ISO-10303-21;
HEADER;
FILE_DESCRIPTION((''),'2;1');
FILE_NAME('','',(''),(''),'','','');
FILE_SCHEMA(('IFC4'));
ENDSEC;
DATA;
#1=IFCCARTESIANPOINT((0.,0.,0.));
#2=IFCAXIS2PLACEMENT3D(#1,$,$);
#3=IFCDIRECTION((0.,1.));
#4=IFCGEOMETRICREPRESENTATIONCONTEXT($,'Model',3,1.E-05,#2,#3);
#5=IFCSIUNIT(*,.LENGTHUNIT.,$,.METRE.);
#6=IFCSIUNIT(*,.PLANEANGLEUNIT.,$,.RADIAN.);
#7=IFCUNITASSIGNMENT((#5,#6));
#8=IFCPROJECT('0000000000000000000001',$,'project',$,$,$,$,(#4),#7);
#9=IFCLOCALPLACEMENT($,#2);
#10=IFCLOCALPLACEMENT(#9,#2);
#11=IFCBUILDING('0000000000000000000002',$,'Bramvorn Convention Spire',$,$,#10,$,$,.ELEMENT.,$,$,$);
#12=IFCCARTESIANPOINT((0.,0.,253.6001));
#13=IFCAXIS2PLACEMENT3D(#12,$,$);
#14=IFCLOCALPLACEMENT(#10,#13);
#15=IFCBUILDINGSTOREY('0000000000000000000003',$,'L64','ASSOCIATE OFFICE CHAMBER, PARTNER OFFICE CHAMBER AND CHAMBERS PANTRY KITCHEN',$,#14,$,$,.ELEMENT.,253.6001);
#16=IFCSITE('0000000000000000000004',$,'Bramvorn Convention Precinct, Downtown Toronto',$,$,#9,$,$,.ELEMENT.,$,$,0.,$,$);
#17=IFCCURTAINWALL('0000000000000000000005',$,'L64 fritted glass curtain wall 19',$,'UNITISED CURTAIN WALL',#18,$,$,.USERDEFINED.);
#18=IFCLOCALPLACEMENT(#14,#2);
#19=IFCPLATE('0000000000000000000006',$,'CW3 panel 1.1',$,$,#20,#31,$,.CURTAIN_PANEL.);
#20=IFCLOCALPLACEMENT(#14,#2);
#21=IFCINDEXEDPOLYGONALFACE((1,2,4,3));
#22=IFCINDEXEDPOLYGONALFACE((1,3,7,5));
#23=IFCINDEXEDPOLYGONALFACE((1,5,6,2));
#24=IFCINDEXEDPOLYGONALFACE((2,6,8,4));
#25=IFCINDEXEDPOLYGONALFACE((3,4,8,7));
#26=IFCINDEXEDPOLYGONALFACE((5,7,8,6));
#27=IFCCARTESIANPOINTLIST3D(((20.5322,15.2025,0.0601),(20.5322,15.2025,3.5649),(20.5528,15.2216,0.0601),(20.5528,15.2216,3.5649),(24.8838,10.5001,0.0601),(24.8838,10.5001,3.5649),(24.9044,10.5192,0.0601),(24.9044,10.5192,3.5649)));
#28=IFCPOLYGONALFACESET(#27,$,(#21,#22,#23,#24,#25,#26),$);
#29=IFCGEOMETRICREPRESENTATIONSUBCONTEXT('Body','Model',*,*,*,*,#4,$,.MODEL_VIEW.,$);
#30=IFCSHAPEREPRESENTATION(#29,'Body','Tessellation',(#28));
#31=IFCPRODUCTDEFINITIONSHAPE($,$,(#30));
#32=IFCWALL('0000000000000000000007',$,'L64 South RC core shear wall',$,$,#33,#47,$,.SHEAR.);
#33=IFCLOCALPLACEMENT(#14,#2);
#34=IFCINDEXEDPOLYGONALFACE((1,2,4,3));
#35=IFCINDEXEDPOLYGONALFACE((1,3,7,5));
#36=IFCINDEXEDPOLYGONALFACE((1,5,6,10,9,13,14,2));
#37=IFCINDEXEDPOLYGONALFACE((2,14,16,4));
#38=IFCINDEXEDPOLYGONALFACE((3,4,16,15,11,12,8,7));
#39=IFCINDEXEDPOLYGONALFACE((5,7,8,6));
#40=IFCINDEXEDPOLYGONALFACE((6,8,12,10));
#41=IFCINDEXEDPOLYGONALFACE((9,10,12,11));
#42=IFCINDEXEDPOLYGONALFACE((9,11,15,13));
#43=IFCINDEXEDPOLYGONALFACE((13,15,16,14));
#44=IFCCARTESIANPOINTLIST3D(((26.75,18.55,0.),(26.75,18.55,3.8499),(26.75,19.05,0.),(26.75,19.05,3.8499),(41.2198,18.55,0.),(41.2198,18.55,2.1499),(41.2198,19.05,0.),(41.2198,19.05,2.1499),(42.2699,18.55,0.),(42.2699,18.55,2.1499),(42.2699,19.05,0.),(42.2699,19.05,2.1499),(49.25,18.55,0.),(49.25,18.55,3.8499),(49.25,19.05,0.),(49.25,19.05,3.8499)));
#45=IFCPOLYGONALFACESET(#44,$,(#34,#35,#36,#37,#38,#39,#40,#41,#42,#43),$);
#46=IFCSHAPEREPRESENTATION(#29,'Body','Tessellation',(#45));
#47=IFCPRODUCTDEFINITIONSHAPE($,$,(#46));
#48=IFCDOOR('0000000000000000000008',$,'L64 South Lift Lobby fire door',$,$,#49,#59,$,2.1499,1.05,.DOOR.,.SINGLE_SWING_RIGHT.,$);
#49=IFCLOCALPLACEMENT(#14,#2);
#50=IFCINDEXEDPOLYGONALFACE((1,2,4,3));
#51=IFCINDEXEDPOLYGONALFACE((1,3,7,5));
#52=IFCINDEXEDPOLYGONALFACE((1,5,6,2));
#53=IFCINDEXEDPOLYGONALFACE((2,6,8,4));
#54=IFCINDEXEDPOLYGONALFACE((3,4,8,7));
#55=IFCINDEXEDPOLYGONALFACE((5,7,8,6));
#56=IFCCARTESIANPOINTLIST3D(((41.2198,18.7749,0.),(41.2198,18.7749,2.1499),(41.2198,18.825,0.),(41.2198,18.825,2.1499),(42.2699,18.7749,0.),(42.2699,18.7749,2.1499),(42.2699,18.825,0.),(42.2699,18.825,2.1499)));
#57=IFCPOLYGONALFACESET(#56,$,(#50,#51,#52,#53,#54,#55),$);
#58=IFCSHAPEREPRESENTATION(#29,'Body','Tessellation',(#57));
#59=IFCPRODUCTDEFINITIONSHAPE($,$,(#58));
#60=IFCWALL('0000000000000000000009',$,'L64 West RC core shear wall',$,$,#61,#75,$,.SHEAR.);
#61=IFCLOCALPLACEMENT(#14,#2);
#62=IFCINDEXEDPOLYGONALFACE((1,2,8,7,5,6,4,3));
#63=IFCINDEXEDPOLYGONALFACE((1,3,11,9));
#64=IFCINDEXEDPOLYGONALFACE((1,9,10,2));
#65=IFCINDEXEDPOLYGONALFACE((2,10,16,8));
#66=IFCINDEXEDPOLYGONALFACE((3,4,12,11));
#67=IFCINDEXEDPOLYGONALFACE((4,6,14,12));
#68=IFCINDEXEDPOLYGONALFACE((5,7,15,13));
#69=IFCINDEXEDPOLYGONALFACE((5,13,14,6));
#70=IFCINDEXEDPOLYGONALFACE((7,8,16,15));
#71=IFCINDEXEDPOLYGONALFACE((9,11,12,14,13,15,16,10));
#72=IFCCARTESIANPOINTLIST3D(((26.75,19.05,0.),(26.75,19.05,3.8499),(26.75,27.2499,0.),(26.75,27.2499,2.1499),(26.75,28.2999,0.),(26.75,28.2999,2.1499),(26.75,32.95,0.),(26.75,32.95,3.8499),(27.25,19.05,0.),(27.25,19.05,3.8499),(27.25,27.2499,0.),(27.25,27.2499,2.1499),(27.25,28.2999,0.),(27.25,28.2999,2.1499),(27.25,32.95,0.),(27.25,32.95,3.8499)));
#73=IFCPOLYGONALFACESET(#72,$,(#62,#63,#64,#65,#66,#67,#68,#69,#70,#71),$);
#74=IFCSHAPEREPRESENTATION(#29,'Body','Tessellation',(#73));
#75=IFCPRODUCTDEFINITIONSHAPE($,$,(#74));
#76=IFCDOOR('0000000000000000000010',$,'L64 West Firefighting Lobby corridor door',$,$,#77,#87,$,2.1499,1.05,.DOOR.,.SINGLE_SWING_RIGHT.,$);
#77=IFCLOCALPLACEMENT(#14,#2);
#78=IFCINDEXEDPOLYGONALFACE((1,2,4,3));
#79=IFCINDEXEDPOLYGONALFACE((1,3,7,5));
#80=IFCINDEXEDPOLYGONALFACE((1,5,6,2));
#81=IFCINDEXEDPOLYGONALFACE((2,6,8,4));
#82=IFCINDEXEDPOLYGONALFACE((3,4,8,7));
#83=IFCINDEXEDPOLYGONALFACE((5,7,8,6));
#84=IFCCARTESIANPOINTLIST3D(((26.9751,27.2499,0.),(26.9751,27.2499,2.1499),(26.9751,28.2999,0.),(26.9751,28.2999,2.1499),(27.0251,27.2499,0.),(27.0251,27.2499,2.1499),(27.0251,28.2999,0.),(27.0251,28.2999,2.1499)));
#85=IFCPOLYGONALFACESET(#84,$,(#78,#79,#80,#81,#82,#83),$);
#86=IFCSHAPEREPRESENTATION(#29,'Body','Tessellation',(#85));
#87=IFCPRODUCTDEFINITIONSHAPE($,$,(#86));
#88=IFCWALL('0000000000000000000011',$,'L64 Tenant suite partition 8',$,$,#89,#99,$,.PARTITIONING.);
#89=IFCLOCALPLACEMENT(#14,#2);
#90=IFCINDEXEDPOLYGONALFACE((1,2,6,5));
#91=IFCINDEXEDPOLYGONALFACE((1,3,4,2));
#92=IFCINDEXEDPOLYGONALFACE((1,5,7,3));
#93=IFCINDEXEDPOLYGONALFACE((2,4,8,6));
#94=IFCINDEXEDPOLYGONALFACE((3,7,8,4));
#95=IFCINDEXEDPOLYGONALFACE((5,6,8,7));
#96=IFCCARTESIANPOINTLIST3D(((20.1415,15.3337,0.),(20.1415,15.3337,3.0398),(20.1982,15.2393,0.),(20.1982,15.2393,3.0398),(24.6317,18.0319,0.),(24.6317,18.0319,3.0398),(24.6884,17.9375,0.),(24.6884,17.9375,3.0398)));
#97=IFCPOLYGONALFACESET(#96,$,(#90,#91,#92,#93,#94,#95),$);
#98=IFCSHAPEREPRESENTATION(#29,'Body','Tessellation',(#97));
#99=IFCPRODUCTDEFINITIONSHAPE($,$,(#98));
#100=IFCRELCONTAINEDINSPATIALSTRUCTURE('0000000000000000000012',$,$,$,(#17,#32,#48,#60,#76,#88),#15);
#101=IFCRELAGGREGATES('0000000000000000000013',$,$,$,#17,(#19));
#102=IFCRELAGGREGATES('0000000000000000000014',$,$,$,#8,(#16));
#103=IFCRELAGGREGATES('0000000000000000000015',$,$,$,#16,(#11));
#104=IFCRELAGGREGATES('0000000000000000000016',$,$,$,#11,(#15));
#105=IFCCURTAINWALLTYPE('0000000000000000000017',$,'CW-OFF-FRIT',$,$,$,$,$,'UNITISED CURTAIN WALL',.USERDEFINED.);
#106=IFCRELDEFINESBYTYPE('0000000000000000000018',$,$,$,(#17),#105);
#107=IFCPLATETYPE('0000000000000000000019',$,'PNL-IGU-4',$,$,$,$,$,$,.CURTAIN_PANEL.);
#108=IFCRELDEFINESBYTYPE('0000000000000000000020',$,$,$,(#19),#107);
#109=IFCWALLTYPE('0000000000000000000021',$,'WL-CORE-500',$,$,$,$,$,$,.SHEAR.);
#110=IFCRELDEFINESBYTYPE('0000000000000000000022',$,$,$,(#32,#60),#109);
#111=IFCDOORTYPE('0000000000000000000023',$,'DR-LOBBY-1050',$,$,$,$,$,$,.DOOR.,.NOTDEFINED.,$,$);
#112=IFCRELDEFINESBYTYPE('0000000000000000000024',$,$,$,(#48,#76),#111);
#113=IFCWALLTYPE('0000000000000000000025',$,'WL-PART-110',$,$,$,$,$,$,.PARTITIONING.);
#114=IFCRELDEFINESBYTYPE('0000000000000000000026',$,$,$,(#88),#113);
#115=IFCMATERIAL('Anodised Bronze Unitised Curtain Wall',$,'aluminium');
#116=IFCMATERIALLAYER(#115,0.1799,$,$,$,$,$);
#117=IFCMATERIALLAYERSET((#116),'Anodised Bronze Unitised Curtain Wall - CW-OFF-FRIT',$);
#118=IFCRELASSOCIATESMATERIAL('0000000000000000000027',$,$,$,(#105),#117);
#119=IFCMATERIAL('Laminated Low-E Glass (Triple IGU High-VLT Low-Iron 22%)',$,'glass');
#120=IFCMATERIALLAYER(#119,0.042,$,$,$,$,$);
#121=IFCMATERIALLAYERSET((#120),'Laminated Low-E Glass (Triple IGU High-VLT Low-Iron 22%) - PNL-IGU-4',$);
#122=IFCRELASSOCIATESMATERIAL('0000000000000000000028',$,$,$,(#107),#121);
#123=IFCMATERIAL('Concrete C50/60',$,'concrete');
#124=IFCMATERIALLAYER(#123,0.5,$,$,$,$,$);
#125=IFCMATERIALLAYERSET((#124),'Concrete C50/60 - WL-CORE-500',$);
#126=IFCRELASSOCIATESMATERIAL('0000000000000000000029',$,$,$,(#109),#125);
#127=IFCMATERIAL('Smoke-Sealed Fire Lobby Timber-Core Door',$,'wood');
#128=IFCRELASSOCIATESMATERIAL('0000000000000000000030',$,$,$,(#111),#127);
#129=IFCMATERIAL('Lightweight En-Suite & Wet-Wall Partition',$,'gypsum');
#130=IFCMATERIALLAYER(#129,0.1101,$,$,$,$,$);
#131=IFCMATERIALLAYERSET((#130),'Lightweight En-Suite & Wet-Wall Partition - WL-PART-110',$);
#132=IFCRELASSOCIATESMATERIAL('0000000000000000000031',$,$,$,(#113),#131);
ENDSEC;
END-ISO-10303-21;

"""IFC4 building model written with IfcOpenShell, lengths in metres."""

from ifc_helpers import new_model, si_unit, direction, frame, frame_2d, origin, origin_2d, place, context, subcontext, project, spatial, rectangle, extrude, material, layer, layer_set, type_object, element, fill, aggregate, save


model = new_model("IFC4")

# Units and contexts
model_context = context("Model", 3, precision=1e-05, world=origin(), true_north=direction((0.0, 1.0)))
body_context = subcontext(model_context, "Body", "Model", "MODEL_VIEW")
ifc_project = project(units=[si_unit("LENGTHUNIT", "METRE"), si_unit("PLANEANGLEUNIT", "RADIAN")], contexts=[model_context])

# Site, building, storey
site_placement = place(None, origin())
site = spatial("IfcSite", under=ifc_project, at=site_placement, Name="Bramvorn Convention Precinct, Downtown Toronto", CompositionType="ELEMENT", RefElevation=0.0)
building_placement = place(site_placement, origin())
building = spatial("IfcBuilding", under=site, at=building_placement, Name="Bramvorn Convention Spire", CompositionType="ELEMENT")
storey_placement = place(building_placement, frame((0.0, 0.0, 253.6001)))
storey = spatial("IfcBuildingStorey", under=building, at=storey_placement, Name="L64", Description="ASSOCIATE OFFICE CHAMBER, PARTNER OFFICE CHAMBER AND CHAMBERS PANTRY KITCHEN", CompositionType="ELEMENT", Elevation=253.6001)

# Curtain wall, plate
ifc_material_1 = material(Name="Anodised Bronze Unitised Curtain Wall", Category="aluminium")
ifc_layer_1 = layer(ifc_material_1, 0.1799)
ifc_layer_set_1 = layer_set([ifc_layer_1], Name="Anodised Bronze Unitised Curtain Wall - CW-OFF-FRIT")
curtain_wall_type = type_object("IfcCurtainWallType", Name="CW-OFF-FRIT", ElementType="UNITISED CURTAIN WALL", PredefinedType="USERDEFINED", material=ifc_layer_set_1)
curtain_wall_placement = place(storey_placement, origin())
curtain_wall = element("IfcCurtainWall", 1, at=curtain_wall_placement, inside=storey, type_object=curtain_wall_type, Name="L64 fritted glass curtain wall 19", ObjectType="UNITISED CURTAIN WALL", PredefinedType="USERDEFINED")
ifc_material_2 = material(Name="Laminated Low-E Glass (Triple IGU High-VLT Low-Iron 22%)", Category="glass")
ifc_layer_2 = layer(ifc_material_2, 0.042)
ifc_layer_set_2 = layer_set([ifc_layer_2], Name="Laminated Low-E Glass (Triple IGU High-VLT Low-Iron 22%) - PNL-IGU-4")
plate_type = type_object("IfcPlateType", Name="PNL-IGU-4", PredefinedType="CURTAIN_PANEL", material=ifc_layer_set_2)
plate_placement = place(storey_placement, frame((22.7183, 12.8608, 0.0601), z_axis=(0.0, 0.0, 1.0), x_axis=(-0.679198, 0.733955, 0.0)))
plate = element("IfcPlate", 2, at=plate_placement, type_object=plate_type, Name="CW3 panel 1.1", PredefinedType="CURTAIN_PANEL", context=body_context, shape_type="SweptSolid", body=[
    extrude(rectangle(XDim=6.407, YDim=0.0281, at=origin_2d()), origin(), (0.0, 0.0, 1.0), 3.5049),
])
aggregate(curtain_wall, [plate])

# Walls, openings, doors
ifc_material_3 = material(Name="Concrete C50/60", Category="concrete")
ifc_layer_3 = layer(ifc_material_3, 0.5)
ifc_layer_set_3 = layer_set([ifc_layer_3], Name="Concrete C50/60 - WL-CORE-500")
wall_type_1 = type_object("IfcWallType", Name="WL-CORE-500", PredefinedType="SHEAR", material=ifc_layer_set_3)
wall_1_placement = place(storey_placement, frame((26.75, 18.8, 0.0), z_axis=(0.0, 0.0, 1.0), x_axis=(1.0, 0.0, 0.0)))
wall_1 = element("IfcWall", 3, at=wall_1_placement, inside=storey, type_object=wall_type_1, Name="L64 South RC core shear wall", PredefinedType="SHEAR", context=body_context, shape_type="SweptSolid", body=[
    extrude(rectangle(XDim=22.5, YDim=0.5, at=frame_2d((11.25, 0.0))), origin(), (0.0, 0.0, 1.0), 3.8499),
])
opening_1_placement = place(wall_1_placement, frame((14.47, 0.0, 0.0)))
opening_1 = element("IfcOpeningElement", 4, at=opening_1_placement, cuts=wall_1, PredefinedType="OPENING", context=body_context, shape_type="SweptSolid", body=[
    extrude(rectangle(XDim=1.05, YDim=2.1499, at=frame_2d((0.5249, 1.075))), frame((0.0, 0.26, 0.0), z_axis=(0.0, -1.0, 0.0), x_axis=(1.0, 0.0, 0.0)), (0.0, 0.0, 1.0), 0.52),
])
ifc_material_4 = material(Name="Smoke-Sealed Fire Lobby Timber-Core Door", Category="wood")
door_type_1 = type_object("IfcDoorType", Name="DR-LOBBY-1050", OperationType="NOTDEFINED", PredefinedType="DOOR", material=ifc_material_4)
door_1_placement = place(opening_1_placement, origin())
door_1 = element("IfcDoor", 5, at=door_1_placement, inside=storey, type_object=door_type_1, Name="L64 South Lift Lobby fire door", OperationType="SINGLE_SWING_RIGHT", OverallHeight=2.1499, OverallWidth=1.05, PredefinedType="DOOR", context=body_context, shape_type="SweptSolid", body=[
    extrude(rectangle(XDim=1.05, YDim=2.1499, at=frame_2d((0.5249, 1.075))), frame((0.0, 0.0249, 0.0), z_axis=(0.0, -1.0, 0.0), x_axis=(1.0, 0.0, 0.0)), (0.0, 0.0, 1.0), 0.05),
])
fill(opening_1, door_1)
wall_2_placement = place(storey_placement, frame((27.0, 19.05, 0.0), z_axis=(0.0, 0.0, 1.0), x_axis=(0.0, 1.0, 0.0)))
wall_2 = element("IfcWall", 6, at=wall_2_placement, inside=storey, type_object=wall_type_1, Name="L64 West RC core shear wall", PredefinedType="SHEAR", context=body_context, shape_type="SweptSolid", body=[
    extrude(rectangle(XDim=13.8999, YDim=0.5, at=frame_2d((6.95, 0.0))), origin(), (0.0, 0.0, 1.0), 3.8499),
])
opening_2_placement = place(wall_2_placement, frame((8.2, 0.0, 0.0)))
opening_2 = element("IfcOpeningElement", 7, at=opening_2_placement, cuts=wall_2, PredefinedType="OPENING", context=body_context, shape_type="SweptSolid", body=[
    extrude(rectangle(XDim=1.05, YDim=2.1499, at=frame_2d((0.5249, 1.075))), frame((0.0, 0.26, 0.0), z_axis=(0.0, -1.0, 0.0), x_axis=(1.0, 0.0, 0.0)), (0.0, 0.0, 1.0), 0.52),
])
door_2_placement = place(opening_2_placement, origin())
door_2 = element("IfcDoor", 8, at=door_2_placement, inside=storey, type_object=door_type_1, Name="L64 West Firefighting Lobby corridor door", OperationType="SINGLE_SWING_RIGHT", OverallHeight=2.1499, OverallWidth=1.05, PredefinedType="DOOR", context=body_context, shape_type="SweptSolid", body=[
    extrude(rectangle(XDim=1.05, YDim=2.1499, at=frame_2d((0.5249, 1.075))), frame((0.0, 0.0249, 0.0), z_axis=(0.0, -1.0, 0.0), x_axis=(1.0, 0.0, 0.0)), (0.0, 0.0, 1.0), 0.05),
])
fill(opening_2, door_2)

# Wall
ifc_material_5 = material(Name="Lightweight En-Suite & Wet-Wall Partition", Category="gypsum")
ifc_layer_4 = layer(ifc_material_5, 0.1101)
ifc_layer_set_4 = layer_set([ifc_layer_4], Name="Lightweight En-Suite & Wet-Wall Partition - WL-PART-110")
wall_type_2 = type_object("IfcWallType", Name="WL-PART-110", PredefinedType="PARTITIONING", material=ifc_layer_set_4)
wall_3_placement = place(storey_placement, frame((24.6599, 17.9846, 0.0), z_axis=(0.0, 0.0, 1.0), x_axis=(-0.857147, -0.515071, 0.0)))
element("IfcWall", 9, at=wall_3_placement, inside=storey, type_object=wall_type_2, Name="L64 Tenant suite partition 8", PredefinedType="PARTITIONING", context=body_context, shape_type="SweptSolid", body=[
    extrude(rectangle(XDim=5.2385, YDim=0.1101, at=frame_2d((2.6191, 0.0))), origin(), (0.0, 0.0, 1.0), 3.0398),
])

save(model, "model.ifc")
